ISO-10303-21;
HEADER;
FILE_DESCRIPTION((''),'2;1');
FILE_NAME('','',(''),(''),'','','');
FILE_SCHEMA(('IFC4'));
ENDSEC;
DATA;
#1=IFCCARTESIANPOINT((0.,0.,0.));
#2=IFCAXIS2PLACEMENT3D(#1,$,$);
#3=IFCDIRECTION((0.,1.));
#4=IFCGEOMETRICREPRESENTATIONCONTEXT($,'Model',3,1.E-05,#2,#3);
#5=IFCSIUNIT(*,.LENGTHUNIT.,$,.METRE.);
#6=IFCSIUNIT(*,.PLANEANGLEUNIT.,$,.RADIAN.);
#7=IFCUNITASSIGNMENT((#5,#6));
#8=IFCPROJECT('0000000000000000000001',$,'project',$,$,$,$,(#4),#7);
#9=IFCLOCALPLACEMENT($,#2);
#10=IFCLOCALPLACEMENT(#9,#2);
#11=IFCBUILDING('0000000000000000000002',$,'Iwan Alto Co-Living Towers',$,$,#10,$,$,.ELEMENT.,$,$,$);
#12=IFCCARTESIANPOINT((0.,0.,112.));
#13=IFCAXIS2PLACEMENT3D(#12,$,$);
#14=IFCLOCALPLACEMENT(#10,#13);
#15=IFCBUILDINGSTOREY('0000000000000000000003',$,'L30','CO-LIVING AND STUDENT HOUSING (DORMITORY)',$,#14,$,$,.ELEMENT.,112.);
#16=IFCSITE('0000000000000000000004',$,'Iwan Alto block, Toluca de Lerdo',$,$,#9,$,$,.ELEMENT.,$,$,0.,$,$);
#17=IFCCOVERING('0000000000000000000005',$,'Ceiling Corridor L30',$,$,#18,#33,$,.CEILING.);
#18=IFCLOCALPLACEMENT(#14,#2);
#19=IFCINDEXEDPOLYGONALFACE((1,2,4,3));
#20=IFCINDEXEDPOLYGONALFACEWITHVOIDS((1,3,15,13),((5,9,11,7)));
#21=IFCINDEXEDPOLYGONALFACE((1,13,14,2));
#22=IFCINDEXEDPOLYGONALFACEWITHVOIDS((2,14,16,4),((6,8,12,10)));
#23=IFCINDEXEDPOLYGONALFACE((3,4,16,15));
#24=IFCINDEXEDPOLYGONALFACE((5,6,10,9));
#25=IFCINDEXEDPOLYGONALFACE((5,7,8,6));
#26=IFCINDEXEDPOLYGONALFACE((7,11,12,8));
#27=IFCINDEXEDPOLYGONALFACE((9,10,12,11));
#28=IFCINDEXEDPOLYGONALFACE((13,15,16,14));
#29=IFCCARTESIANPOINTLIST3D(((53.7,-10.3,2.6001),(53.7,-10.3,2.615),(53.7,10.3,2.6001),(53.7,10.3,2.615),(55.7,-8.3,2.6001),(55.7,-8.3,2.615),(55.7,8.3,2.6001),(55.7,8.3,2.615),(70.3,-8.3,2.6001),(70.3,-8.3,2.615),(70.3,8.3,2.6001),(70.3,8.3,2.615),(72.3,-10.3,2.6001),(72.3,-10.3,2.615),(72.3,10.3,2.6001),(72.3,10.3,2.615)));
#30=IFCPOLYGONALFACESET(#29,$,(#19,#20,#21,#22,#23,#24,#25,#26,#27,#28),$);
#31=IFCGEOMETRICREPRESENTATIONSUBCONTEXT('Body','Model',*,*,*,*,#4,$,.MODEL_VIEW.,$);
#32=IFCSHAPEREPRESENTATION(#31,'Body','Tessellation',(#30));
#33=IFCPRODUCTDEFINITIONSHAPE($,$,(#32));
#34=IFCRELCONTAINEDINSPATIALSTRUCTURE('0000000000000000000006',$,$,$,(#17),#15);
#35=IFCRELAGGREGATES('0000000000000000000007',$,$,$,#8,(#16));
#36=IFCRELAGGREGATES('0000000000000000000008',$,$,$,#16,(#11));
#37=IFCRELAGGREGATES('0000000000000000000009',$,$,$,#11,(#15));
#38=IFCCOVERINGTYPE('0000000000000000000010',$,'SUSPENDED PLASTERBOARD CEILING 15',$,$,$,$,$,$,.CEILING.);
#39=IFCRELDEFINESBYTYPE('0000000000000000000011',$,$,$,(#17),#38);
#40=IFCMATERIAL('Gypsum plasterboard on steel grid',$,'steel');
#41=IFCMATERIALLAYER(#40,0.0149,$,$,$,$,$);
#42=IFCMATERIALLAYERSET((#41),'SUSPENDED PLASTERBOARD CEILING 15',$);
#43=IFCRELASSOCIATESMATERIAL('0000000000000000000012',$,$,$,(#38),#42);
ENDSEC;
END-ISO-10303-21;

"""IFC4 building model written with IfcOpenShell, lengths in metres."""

from ifc_helpers import new_model, si_unit, direction, frame, origin, place, context, subcontext, project, spatial, polyline, outline, extrude, material, layer, layer_set, type_object, element, save


model = new_model("IFC4")

# Units and contexts
model_context = context("Model", 3, precision=1e-05, world=origin(), true_north=direction((0.0, 1.0)))
body_context = subcontext(model_context, "Body", "Model", "MODEL_VIEW")
ifc_project = project(units=[si_unit("LENGTHUNIT", "METRE"), si_unit("PLANEANGLEUNIT", "RADIAN")], contexts=[model_context])

# Site, building, storey
site_placement = place(None, origin())
site = spatial("IfcSite", under=ifc_project, at=site_placement, Name="Iwan Alto block, Toluca de Lerdo", CompositionType="ELEMENT", RefElevation=0.0)
building_placement = place(site_placement, origin())
building = spatial("IfcBuilding", under=site, at=building_placement, Name="Iwan Alto Co-Living Towers", CompositionType="ELEMENT")
storey_placement = place(building_placement, frame((0.0, 0.0, 112.0)))
storey = spatial("IfcBuildingStorey", under=building, at=storey_placement, Name="L30", Description="CO-LIVING AND STUDENT HOUSING (DORMITORY)", CompositionType="ELEMENT", Elevation=112.0)

# Covering
ifc_material_1 = material(Name="Gypsum plasterboard on steel grid", Category="steel")
ifc_layer_1 = layer(ifc_material_1, 0.0149)
ifc_layer_set_1 = layer_set([ifc_layer_1], Name="SUSPENDED PLASTERBOARD CEILING 15")
covering_type_1 = type_object("IfcCoveringType", Name="SUSPENDED PLASTERBOARD CEILING 15", PredefinedType="CEILING", material=ifc_layer_set_1)
covering_1_placement = place(storey_placement, frame((0.0, 0.0, 2.6001)))
element("IfcCovering", 1, at=covering_1_placement, inside=storey, type_object=covering_type_1, Name="Ceiling Corridor L30", PredefinedType="CEILING", context=body_context, shape_type="SweptSolid", body=[
    extrude(outline(polyline([(53.7, 10.3), (72.3, 10.3), (72.3, -10.3), (53.7, -10.3), (53.7, 10.3)]), holes=[polyline([(55.7, 8.3), (55.7, -8.3), (70.3, -8.3), (70.3, 8.3), (55.7, 8.3)])]), origin(), (0.0, 0.0, 1.0), 0.0149),
])

save(model, "model.ifc")
